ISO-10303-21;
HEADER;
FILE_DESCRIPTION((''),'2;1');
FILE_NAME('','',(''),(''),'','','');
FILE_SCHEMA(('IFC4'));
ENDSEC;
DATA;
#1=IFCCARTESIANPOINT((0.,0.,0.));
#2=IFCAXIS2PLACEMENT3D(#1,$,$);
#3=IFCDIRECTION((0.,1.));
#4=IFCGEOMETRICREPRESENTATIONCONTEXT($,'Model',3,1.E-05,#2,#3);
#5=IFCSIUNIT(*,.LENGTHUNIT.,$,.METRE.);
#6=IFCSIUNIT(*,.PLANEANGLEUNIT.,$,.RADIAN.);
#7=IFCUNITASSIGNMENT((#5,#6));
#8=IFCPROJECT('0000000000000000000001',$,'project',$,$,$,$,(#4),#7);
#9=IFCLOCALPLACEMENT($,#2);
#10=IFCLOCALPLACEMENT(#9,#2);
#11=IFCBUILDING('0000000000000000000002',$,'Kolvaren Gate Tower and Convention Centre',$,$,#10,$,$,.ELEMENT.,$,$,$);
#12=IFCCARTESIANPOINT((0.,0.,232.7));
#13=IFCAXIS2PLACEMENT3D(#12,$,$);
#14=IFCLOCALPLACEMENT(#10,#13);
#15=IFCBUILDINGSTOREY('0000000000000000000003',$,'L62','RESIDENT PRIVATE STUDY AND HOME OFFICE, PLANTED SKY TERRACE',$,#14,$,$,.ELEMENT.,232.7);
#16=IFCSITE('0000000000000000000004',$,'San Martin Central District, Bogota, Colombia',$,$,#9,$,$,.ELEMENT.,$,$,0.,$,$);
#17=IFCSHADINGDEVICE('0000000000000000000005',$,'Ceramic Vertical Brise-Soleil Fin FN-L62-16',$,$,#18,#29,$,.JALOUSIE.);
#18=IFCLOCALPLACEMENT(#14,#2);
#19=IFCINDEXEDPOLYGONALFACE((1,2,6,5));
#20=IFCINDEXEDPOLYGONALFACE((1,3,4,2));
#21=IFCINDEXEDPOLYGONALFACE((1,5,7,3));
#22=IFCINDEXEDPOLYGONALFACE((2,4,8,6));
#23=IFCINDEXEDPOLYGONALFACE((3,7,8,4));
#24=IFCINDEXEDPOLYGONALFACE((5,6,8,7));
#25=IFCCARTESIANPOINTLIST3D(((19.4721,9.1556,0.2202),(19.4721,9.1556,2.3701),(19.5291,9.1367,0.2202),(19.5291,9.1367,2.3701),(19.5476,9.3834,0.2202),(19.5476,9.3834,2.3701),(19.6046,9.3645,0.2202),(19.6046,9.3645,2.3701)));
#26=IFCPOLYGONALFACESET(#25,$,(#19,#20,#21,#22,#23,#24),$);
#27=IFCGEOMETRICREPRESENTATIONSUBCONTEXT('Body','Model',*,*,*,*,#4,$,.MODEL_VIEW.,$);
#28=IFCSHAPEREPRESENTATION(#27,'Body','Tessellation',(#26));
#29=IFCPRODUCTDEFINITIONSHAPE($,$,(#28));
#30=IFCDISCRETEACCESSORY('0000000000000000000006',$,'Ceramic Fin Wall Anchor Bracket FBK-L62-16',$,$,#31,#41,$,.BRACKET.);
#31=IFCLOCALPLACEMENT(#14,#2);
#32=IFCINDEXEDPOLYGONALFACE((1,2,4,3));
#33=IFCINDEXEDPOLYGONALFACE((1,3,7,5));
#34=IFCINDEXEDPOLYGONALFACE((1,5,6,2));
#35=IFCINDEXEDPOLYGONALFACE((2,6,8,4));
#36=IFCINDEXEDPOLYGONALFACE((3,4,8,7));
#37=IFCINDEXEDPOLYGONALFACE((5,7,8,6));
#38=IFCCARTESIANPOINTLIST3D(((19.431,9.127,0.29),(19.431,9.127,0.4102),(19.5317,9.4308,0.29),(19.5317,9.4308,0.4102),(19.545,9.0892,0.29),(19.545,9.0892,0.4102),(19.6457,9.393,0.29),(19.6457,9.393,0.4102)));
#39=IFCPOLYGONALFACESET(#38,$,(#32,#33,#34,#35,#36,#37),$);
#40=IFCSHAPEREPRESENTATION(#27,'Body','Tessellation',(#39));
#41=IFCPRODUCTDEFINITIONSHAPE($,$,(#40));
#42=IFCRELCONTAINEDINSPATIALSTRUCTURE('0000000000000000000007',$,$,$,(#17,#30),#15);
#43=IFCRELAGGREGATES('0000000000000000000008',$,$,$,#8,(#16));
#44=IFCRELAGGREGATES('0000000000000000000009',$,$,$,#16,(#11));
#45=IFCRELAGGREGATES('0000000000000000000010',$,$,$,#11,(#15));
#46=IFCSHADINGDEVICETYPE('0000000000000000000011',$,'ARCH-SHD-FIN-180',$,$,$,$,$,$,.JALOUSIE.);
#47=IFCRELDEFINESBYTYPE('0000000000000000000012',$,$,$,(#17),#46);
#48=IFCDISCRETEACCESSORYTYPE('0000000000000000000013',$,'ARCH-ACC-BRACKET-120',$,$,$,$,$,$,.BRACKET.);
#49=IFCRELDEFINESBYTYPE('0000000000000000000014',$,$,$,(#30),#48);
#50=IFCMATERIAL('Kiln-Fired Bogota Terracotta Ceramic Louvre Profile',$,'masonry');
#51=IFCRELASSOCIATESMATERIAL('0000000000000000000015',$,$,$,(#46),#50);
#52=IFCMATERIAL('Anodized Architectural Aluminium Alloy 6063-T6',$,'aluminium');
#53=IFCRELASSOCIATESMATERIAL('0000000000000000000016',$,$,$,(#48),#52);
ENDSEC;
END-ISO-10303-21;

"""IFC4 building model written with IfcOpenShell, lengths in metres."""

from ifc_helpers import new_model, si_unit, direction, frame, origin, origin_2d, place, context, subcontext, project, spatial, rectangle, extrude, material, type_object, element, save


model = new_model("IFC4")

# Units and contexts
model_context = context("Model", 3, precision=1e-05, world=origin(), true_north=direction((0.0, 1.0)))
body_context = subcontext(model_context, "Body", "Model", "MODEL_VIEW")
ifc_project = project(units=[si_unit("LENGTHUNIT", "METRE"), si_unit("PLANEANGLEUNIT", "RADIAN")], contexts=[model_context])

# Site, building, storey
site_placement = place(None, origin())
site = spatial("IfcSite", under=ifc_project, at=site_placement, Name="San Martin Central District, Bogota, Colombia", CompositionType="ELEMENT", RefElevation=0.0)
building_placement = place(site_placement, origin())
building = spatial("IfcBuilding", under=site, at=building_placement, Name="Kolvaren Gate Tower and Convention Centre", CompositionType="ELEMENT")
storey_placement = place(building_placement, frame((0.0, 0.0, 232.7)))
storey = spatial("IfcBuildingStorey", under=building, at=storey_placement, Name="L62", Description="RESIDENT PRIVATE STUDY AND HOME OFFICE, PLANTED SKY TERRACE", CompositionType="ELEMENT", Elevation=232.7)

# Shading device
ifc_material_1 = material(Name="Kiln-Fired Bogota Terracotta Ceramic Louvre Profile", Category="masonry")
shading_device_type = type_object("IfcShadingDeviceType", Name="ARCH-SHD-FIN-180", PredefinedType="JALOUSIE", material=ifc_material_1)
shading_device_placement = place(storey_placement, frame((19.5383, 9.26, 0.2202), z_axis=(0.0, 0.0, 1.0), x_axis=(0.949242, -0.314548, 0.0)))
element("IfcShadingDevice", 1, at=shading_device_placement, inside=storey, type_object=shading_device_type, Name="Ceramic Vertical Brise-Soleil Fin FN-L62-16", PredefinedType="JALOUSIE", context=body_context, shape_type="SweptSolid", body=[
    extrude(rectangle(XDim=0.0601, YDim=0.24, at=origin_2d()), origin(), (0.0, 0.0, 1.0), 2.1499),
])

# Discrete accessory
ifc_material_2 = material(Name="Anodized Architectural Aluminium Alloy 6063-T6", Category="aluminium")
discrete_accessory_type = type_object("IfcDiscreteAccessoryType", Name="ARCH-ACC-BRACKET-120", PredefinedType="BRACKET", material=ifc_material_2)
discrete_accessory_placement = place(storey_placement, frame((19.5383, 9.26, 0.29), z_axis=(0.0, 0.0, 1.0), x_axis=(0.949242, -0.314548, 0.0)))
element("IfcDiscreteAccessory", 2, at=discrete_accessory_placement, inside=storey, type_object=discrete_accessory_type, Name="Ceramic Fin Wall Anchor Bracket FBK-L62-16", PredefinedType="BRACKET", context=body_context, shape_type="SweptSolid", body=[
    extrude(rectangle(XDim=0.1201, YDim=0.3201, at=origin_2d()), origin(), (0.0, 0.0, 1.0), 0.1201),
])

save(model, "model.ifc")
